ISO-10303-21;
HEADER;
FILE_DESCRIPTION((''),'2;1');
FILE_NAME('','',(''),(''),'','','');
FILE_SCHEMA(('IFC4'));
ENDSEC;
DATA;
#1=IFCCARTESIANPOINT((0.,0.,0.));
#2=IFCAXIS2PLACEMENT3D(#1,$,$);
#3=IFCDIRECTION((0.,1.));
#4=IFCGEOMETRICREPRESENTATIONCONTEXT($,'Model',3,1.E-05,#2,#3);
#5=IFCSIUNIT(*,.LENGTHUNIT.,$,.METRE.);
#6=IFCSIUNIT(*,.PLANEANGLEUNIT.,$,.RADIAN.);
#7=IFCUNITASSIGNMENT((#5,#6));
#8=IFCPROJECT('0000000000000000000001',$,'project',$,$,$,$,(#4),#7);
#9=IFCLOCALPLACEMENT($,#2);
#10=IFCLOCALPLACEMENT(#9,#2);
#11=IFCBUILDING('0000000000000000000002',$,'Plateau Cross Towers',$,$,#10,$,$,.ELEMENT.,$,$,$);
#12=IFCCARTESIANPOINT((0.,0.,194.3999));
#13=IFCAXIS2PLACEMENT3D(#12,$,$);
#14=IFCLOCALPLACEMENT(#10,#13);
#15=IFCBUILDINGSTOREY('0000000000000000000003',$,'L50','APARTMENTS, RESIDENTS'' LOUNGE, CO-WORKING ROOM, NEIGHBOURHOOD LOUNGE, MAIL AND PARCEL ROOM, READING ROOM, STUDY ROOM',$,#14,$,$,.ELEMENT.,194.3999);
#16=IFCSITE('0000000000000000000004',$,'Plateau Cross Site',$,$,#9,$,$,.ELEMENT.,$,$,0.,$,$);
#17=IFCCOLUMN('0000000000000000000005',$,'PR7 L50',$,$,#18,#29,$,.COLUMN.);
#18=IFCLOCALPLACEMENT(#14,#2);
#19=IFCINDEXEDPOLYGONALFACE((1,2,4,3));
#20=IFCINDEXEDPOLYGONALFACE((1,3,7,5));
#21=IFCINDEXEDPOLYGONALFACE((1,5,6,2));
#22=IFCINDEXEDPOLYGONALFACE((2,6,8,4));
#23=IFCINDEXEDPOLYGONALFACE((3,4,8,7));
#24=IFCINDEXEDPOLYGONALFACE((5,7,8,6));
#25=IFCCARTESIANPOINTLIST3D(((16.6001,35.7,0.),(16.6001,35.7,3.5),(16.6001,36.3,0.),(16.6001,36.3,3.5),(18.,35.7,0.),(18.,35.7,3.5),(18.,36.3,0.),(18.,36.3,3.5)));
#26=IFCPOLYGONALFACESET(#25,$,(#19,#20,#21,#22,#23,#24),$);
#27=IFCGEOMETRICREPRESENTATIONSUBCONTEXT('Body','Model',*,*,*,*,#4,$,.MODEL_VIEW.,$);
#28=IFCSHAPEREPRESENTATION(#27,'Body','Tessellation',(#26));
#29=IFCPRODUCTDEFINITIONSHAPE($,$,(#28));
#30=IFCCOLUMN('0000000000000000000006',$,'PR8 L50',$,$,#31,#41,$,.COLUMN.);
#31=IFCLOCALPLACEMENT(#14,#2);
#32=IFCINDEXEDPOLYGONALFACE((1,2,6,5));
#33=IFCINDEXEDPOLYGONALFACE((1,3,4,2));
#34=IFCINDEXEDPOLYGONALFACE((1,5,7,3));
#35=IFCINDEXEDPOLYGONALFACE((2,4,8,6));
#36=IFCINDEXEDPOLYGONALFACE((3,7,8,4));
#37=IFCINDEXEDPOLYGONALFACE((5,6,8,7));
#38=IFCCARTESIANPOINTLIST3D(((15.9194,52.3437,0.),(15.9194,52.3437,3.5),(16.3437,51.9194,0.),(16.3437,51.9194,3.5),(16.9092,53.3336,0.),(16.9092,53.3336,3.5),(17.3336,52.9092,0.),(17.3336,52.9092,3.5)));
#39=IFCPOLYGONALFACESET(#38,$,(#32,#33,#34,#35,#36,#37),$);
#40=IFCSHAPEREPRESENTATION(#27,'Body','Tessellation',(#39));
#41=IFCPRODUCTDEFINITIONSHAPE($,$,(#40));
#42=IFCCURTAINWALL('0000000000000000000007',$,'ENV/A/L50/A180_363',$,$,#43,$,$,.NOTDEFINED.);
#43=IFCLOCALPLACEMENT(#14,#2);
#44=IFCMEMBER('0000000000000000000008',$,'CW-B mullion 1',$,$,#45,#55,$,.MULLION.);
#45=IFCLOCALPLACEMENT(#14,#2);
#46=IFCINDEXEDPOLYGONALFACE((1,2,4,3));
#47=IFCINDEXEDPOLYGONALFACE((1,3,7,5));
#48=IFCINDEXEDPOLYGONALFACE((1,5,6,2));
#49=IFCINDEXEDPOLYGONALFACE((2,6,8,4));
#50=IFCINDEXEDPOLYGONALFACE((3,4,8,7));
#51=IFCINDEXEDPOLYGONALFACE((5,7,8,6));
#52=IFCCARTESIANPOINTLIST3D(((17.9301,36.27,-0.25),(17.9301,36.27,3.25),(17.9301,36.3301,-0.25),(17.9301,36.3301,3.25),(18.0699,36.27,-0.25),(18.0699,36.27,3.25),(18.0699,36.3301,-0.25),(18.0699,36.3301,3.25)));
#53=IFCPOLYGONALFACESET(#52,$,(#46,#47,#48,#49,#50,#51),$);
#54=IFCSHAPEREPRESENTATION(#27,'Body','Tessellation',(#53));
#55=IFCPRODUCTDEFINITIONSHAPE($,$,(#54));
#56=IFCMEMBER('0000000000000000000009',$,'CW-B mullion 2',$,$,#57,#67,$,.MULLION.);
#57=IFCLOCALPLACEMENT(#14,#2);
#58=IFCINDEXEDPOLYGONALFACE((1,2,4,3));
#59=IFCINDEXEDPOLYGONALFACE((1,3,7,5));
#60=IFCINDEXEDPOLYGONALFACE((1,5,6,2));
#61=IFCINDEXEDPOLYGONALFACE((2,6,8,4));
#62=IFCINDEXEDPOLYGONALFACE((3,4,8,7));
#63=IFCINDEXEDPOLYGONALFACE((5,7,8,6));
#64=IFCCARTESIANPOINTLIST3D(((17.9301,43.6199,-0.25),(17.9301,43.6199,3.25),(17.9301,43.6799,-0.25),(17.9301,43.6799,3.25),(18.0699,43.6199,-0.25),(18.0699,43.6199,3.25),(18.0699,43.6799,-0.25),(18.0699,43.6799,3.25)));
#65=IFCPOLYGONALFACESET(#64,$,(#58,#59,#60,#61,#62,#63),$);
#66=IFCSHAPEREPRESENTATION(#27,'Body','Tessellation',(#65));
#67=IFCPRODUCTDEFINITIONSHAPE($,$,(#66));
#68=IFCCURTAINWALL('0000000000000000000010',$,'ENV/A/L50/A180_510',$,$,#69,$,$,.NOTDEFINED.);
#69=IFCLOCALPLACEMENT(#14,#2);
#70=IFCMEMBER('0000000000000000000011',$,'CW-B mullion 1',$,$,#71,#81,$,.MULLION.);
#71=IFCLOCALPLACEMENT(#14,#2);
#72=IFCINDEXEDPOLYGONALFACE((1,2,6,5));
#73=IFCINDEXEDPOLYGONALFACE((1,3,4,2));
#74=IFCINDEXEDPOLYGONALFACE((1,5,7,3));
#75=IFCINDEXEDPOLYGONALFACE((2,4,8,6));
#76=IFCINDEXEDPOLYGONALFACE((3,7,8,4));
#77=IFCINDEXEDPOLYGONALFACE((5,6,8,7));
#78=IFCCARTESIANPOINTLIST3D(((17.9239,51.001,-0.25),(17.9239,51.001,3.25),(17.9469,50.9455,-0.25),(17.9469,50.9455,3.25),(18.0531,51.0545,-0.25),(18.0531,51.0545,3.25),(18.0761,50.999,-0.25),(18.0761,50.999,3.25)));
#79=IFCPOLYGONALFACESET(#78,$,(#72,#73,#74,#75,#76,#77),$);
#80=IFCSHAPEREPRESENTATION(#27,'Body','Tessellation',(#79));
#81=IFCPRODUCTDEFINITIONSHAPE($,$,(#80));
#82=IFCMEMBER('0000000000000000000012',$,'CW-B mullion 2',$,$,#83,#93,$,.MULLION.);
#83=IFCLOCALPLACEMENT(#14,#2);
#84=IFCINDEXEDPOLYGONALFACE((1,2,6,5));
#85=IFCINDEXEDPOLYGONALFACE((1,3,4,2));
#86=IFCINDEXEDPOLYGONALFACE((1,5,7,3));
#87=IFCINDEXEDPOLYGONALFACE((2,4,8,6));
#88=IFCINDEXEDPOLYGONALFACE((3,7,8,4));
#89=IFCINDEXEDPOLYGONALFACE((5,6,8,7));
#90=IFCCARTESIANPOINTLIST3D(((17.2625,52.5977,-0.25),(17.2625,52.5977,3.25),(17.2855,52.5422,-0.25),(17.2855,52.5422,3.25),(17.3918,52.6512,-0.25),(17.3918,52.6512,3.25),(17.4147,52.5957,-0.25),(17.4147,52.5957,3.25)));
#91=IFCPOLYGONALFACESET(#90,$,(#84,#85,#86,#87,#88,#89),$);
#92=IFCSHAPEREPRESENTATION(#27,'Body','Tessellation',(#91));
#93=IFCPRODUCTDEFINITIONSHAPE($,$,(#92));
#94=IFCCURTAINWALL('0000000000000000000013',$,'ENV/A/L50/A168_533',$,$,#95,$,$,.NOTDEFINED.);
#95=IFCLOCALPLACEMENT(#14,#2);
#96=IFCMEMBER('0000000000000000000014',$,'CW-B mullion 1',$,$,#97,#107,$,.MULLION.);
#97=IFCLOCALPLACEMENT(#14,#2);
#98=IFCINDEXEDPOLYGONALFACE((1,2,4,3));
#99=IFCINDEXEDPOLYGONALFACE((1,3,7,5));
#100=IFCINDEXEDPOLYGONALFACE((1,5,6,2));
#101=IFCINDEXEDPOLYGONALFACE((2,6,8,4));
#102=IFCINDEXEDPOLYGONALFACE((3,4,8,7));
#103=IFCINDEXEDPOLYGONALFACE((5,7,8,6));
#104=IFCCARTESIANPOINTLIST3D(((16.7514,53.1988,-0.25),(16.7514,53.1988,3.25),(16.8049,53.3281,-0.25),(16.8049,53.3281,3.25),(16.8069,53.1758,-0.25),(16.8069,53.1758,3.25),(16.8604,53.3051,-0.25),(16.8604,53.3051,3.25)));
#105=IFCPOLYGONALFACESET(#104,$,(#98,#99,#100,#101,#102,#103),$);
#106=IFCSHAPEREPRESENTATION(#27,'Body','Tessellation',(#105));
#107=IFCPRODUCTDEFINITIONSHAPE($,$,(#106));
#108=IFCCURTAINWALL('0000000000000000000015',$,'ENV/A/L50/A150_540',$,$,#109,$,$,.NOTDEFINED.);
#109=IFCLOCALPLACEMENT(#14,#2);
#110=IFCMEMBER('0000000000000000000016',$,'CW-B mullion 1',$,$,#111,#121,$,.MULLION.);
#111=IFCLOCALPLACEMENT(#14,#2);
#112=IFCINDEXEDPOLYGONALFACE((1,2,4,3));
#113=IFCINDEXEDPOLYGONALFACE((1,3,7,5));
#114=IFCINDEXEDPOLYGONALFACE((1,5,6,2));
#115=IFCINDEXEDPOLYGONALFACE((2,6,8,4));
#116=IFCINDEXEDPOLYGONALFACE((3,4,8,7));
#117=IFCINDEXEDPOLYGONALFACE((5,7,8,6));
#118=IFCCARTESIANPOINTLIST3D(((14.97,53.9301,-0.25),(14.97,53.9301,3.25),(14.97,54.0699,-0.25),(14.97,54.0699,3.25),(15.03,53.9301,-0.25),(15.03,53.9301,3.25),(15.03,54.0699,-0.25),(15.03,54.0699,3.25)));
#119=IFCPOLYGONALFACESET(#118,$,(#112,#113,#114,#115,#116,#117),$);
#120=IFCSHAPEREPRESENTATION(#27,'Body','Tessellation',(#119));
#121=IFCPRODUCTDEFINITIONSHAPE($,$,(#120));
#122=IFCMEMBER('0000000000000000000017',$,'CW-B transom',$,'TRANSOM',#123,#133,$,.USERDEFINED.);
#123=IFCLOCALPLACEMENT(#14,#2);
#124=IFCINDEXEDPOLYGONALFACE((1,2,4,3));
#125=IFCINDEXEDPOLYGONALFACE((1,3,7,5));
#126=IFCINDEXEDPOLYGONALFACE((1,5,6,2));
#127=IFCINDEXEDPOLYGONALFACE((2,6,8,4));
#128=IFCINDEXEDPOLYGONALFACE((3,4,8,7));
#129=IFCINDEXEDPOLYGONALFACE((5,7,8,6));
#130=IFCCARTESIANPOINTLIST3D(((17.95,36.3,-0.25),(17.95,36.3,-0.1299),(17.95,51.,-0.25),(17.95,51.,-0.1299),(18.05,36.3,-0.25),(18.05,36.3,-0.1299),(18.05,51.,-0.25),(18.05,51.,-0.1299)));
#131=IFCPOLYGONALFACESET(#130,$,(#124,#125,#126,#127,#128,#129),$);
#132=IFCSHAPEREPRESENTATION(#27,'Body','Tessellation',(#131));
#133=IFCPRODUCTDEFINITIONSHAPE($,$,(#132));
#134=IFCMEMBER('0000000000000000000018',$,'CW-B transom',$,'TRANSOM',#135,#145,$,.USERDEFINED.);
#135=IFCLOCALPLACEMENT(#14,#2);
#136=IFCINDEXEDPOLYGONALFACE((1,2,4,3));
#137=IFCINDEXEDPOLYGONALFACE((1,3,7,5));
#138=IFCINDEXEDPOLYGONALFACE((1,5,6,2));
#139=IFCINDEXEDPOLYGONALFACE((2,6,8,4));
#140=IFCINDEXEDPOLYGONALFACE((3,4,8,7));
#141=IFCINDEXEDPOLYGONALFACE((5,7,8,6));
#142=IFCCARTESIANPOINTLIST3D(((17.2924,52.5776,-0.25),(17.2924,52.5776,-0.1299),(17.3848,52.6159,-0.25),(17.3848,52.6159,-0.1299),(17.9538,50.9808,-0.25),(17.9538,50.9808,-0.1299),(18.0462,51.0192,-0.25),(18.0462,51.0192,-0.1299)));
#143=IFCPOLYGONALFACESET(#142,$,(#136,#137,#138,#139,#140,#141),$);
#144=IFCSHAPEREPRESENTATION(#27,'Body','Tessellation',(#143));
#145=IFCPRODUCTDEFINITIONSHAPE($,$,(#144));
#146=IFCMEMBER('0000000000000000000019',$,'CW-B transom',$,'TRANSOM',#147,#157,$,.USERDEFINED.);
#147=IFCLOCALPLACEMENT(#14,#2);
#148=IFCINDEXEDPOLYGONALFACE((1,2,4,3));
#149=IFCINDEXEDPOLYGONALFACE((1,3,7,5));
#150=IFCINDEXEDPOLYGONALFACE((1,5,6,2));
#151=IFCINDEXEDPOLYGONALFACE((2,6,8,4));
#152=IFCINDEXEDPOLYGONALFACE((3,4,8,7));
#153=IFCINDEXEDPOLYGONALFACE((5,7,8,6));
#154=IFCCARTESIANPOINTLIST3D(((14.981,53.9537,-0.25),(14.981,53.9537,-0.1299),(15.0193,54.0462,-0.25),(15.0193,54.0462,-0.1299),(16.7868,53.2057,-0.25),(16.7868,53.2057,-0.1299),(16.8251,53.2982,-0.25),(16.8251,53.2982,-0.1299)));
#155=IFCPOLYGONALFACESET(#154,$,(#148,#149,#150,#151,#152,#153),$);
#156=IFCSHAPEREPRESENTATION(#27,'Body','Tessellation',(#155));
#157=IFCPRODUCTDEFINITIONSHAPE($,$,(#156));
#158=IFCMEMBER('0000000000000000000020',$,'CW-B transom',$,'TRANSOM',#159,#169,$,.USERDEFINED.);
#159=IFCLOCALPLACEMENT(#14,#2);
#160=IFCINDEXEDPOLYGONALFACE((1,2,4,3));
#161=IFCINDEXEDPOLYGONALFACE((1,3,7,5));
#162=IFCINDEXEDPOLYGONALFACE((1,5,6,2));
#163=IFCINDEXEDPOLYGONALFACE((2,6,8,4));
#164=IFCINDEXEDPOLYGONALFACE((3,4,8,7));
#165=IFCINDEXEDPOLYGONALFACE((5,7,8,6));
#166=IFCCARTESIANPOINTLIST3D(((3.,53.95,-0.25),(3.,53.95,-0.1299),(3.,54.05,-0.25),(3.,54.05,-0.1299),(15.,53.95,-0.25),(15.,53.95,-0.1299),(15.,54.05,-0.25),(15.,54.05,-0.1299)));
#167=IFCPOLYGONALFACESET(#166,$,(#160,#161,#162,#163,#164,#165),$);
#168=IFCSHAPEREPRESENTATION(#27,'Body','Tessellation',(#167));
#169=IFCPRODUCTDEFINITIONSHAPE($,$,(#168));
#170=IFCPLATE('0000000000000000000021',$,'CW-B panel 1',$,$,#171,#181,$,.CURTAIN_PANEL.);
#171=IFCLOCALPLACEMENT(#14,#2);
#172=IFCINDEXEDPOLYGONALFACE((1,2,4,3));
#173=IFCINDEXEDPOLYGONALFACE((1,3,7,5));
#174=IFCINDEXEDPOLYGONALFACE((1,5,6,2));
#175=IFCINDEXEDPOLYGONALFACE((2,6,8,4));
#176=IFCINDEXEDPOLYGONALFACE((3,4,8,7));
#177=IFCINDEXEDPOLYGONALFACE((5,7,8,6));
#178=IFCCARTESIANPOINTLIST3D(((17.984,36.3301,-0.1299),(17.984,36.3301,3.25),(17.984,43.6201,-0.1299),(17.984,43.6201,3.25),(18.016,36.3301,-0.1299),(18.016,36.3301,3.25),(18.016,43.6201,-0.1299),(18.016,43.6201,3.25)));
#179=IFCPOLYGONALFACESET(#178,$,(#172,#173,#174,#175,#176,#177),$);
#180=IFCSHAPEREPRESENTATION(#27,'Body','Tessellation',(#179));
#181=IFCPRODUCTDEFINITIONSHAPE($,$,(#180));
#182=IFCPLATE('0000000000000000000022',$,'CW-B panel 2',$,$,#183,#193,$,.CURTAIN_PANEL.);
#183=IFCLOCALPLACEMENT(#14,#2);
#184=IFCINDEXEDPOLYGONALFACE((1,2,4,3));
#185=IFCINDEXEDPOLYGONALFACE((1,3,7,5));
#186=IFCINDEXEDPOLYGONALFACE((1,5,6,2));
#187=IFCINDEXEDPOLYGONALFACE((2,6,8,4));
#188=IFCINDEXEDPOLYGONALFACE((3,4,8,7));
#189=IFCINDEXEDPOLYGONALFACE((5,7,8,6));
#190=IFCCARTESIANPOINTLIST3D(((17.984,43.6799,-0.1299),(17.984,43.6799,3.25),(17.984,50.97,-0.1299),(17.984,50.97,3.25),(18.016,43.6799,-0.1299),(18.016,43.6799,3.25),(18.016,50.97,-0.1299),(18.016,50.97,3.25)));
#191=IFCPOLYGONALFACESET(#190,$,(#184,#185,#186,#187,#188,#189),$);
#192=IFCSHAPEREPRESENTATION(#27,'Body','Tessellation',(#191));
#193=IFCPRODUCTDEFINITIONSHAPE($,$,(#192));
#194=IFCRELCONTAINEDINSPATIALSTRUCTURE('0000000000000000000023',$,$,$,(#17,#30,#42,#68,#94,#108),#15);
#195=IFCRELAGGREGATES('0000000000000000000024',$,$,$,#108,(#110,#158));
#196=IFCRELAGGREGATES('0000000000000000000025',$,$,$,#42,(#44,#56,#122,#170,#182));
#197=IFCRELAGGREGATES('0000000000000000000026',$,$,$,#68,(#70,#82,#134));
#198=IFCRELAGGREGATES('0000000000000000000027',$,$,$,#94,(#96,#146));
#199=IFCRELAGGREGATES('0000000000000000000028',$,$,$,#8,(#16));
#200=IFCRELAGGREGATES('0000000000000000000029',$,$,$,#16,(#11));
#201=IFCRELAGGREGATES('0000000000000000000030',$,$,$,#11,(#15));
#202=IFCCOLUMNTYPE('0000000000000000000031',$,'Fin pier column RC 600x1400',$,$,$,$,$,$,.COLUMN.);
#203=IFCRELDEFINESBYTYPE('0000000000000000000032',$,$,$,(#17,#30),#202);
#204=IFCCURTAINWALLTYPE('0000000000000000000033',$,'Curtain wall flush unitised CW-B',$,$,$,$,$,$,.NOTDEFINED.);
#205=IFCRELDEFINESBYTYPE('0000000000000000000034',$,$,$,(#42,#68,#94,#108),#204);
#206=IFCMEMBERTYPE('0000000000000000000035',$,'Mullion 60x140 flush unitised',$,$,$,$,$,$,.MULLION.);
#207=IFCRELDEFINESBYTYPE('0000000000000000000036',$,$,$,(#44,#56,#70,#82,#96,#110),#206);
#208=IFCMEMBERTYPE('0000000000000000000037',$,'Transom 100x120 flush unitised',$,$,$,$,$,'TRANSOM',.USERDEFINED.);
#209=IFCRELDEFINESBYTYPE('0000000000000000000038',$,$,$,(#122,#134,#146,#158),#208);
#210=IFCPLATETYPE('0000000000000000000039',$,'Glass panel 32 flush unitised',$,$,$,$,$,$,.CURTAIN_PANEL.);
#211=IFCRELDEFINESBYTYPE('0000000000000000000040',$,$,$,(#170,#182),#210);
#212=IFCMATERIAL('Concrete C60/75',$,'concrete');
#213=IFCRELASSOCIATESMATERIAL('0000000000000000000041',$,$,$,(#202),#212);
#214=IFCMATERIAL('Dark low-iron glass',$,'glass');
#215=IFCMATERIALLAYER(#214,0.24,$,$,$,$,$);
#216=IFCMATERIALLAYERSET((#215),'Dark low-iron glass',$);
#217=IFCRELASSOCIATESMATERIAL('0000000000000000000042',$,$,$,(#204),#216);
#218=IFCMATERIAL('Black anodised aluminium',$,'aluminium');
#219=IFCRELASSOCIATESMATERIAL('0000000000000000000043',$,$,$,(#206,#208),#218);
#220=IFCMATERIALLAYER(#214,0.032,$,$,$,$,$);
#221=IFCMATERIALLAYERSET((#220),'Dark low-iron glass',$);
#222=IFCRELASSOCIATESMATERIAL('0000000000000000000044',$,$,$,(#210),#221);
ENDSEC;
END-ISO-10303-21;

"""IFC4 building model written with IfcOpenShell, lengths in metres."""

from ifc_helpers import new_model, si_unit, direction, frame, origin, origin_2d, place, context, subcontext, project, spatial, rectangle, extrude, material, layer, layer_set, material_profile, profile_set, type_object, element, aggregate, save


model = new_model("IFC4")

# Units and contexts
model_context = context("Model", 3, precision=1e-05, world=origin(), true_north=direction((0.0, 1.0)))
body_context = subcontext(model_context, "Body", "Model", "MODEL_VIEW")
ifc_project = project(units=[si_unit("LENGTHUNIT", "METRE"), si_unit("PLANEANGLEUNIT", "RADIAN")], contexts=[model_context])

# Site, building, storey
site_placement = place(None, origin())
site = spatial("IfcSite", under=ifc_project, at=site_placement, Name="Plateau Cross Site", CompositionType="ELEMENT", RefElevation=0.0)
building_placement = place(site_placement, origin())
building = spatial("IfcBuilding", under=site, at=building_placement, Name="Plateau Cross Towers", CompositionType="ELEMENT")
storey_placement = place(building_placement, frame((0.0, 0.0, 194.3999)))
storey = spatial("IfcBuildingStorey", under=building, at=storey_placement, Name="L50", Description="APARTMENTS, RESIDENTS' LOUNGE, CO-WORKING ROOM, NEIGHBOURHOOD LOUNGE, MAIL AND PARCEL ROOM, READING ROOM, STUDY ROOM", CompositionType="ELEMENT", Elevation=194.3999)

# Columns
ifc_material_1 = material(Name="Concrete C60/75", Category="concrete")
ifc_material_profile_1 = material_profile(ifc_material_1, rectangle(XDim=0.6001, YDim=1.3999, at=origin_2d()), Name="RC 600x1400")
ifc_profile_set_1 = profile_set([ifc_material_profile_1], Name="Concrete C60/75")
column_type = type_object("IfcColumnType", Name="Fin pier column RC 600x1400", PredefinedType="COLUMN", material=ifc_profile_set_1)
for number, where, z_axis, x_axis, name in (
    (1, (17.3, 36.0, 0.0), (0.0, 0.0, 1.0), (0.0, 1.0, 0.0), "PR7 L50"),
    (2, (16.6265, 52.6265, 0.0), (0.0, 0.0, 1.0), (-0.707107, 0.707107, 0.0), "PR8 L50"),
):
    element("IfcColumn", number, at=place(storey_placement, frame(where, z_axis=z_axis, x_axis=x_axis)), inside=storey, type_object=column_type, Name=name, PredefinedType="COLUMN", context=body_context, shape_type="SweptSolid", body=[
        extrude(rectangle(XDim=0.6001, YDim=1.3999, at=origin_2d()), origin(), (0.0, 0.0, 1.0), 3.5),
    ])

# Curtain walls, members
ifc_material_2 = material(Name="Dark low-iron glass", Category="glass")
ifc_layer_1 = layer(ifc_material_2, 0.24)
ifc_layer_set_1 = layer_set([ifc_layer_1], Name="Dark low-iron glass")
curtain_wall_type = type_object("IfcCurtainWallType", Name="Curtain wall flush unitised CW-B", PredefinedType="NOTDEFINED", material=ifc_layer_set_1)
curtain_wall_1_placement = place(storey_placement, origin())
curtain_wall_1 = element("IfcCurtainWall", 3, at=curtain_wall_1_placement, inside=storey, type_object=curtain_wall_type, Name="ENV/A/L50/A180_363", PredefinedType="NOTDEFINED")
ifc_material_3 = material(Name="Black anodised aluminium", Category="aluminium")
ifc_material_profile_2 = material_profile(ifc_material_3, rectangle(XDim=0.0601, YDim=0.1399, at=origin_2d()), Name="MULLION 60x140")
ifc_profile_set_2 = profile_set([ifc_material_profile_2], Name="Black anodised aluminium")
member_type_1 = type_object("IfcMemberType", Name="Mullion 60x140 flush unitised", PredefinedType="MULLION", material=ifc_profile_set_2)
member_1_placement = place(storey_placement, frame((18.0, 36.3, -0.25), z_axis=(0.0, 0.0, 1.0), x_axis=(0.0, 1.0, 0.0)))
member_1 = element("IfcMember", 4, at=member_1_placement, type_object=member_type_1, Name="CW-B mullion 1", PredefinedType="MULLION", context=body_context, shape_type="SweptSolid", body=[
    extrude(rectangle(XDim=0.0601, YDim=0.1399, at=origin_2d()), origin(), (0.0, 0.0, 1.0), 3.5),
])
member_2_placement = place(storey_placement, frame((18.0, 43.6499, -0.25), z_axis=(0.0, 0.0, 1.0), x_axis=(0.0, 1.0, 0.0)))
member_2 = element("IfcMember", 5, at=member_2_placement, type_object=member_type_1, Name="CW-B mullion 2", PredefinedType="MULLION", context=body_context, shape_type="SweptSolid", body=[
    extrude(rectangle(XDim=0.0601, YDim=0.1399, at=origin_2d()), origin(), (0.0, 0.0, 1.0), 3.5),
])
curtain_wall_2_placement = place(storey_placement, origin())
curtain_wall_2 = element("IfcCurtainWall", 6, at=curtain_wall_2_placement, inside=storey, type_object=curtain_wall_type, Name="ENV/A/L50/A180_510", PredefinedType="NOTDEFINED")
member_3_placement = place(storey_placement, frame((18.0, 51.0, -0.25), z_axis=(0.0, 0.0, 1.0), x_axis=(-0.382684, 0.923879, 0.0)))
member_3 = element("IfcMember", 7, at=member_3_placement, type_object=member_type_1, Name="CW-B mullion 1", PredefinedType="MULLION", context=body_context, shape_type="SweptSolid", body=[
    extrude(rectangle(XDim=0.0601, YDim=0.1399, at=origin_2d()), origin(), (0.0, 0.0, 1.0), 3.5),
])
member_4_placement = place(storey_placement, frame((17.3386, 52.5967, -0.25), z_axis=(0.0, 0.0, 1.0), x_axis=(-0.382684, 0.923879, 0.0)))
member_4 = element("IfcMember", 8, at=member_4_placement, type_object=member_type_1, Name="CW-B mullion 2", PredefinedType="MULLION", context=body_context, shape_type="SweptSolid", body=[
    extrude(rectangle(XDim=0.0601, YDim=0.1399, at=origin_2d()), origin(), (0.0, 0.0, 1.0), 3.5),
])

# Curtain walls, members
curtain_wall_3_placement = place(storey_placement, origin())
curtain_wall_3 = element("IfcCurtainWall", 9, at=curtain_wall_3_placement, inside=storey, type_object=curtain_wall_type, Name="ENV/A/L50/A168_533", PredefinedType="NOTDEFINED")
member_5_placement = place(storey_placement, frame((16.8059, 53.252, -0.25), z_axis=(0.0, 0.0, 1.0), x_axis=(-0.923879, 0.382684, 0.0)))
member_5 = element("IfcMember", 10, at=member_5_placement, type_object=member_type_1, Name="CW-B mullion 1", PredefinedType="MULLION", context=body_context, shape_type="SweptSolid", body=[
    extrude(rectangle(XDim=0.0601, YDim=0.1399, at=origin_2d()), origin(), (0.0, 0.0, 1.0), 3.5),
])
curtain_wall_4_placement = place(storey_placement, origin())
curtain_wall_4 = element("IfcCurtainWall", 11, at=curtain_wall_4_placement, inside=storey, type_object=curtain_wall_type, Name="ENV/A/L50/A150_540", PredefinedType="NOTDEFINED")
member_6_placement = place(storey_placement, frame((15.0, 54.0, -0.25), z_axis=(0.0, 0.0, 1.0), x_axis=(-1.0, 0.0, 0.0)))
member_6 = element("IfcMember", 12, at=member_6_placement, type_object=member_type_1, Name="CW-B mullion 1", PredefinedType="MULLION", context=body_context, shape_type="SweptSolid", body=[
    extrude(rectangle(XDim=0.0601, YDim=0.1399, at=origin_2d()), origin(), (0.0, 0.0, 1.0), 3.5),
])

# Members
ifc_material_profile_3 = material_profile(ifc_material_3, rectangle(XDim=0.1001, YDim=0.1201, at=origin_2d()), Name="TRANSOM 100x120")
ifc_profile_set_3 = profile_set([ifc_material_profile_3], Name="Black anodised aluminium")
member_type_2 = type_object("IfcMemberType", Name="Transom 100x120 flush unitised", ElementType="TRANSOM", PredefinedType="USERDEFINED", material=ifc_profile_set_3)
member_7_placement = place(storey_placement, frame((18.0, 36.3, -0.1899), z_axis=(0.0, 1.0, 0.0), x_axis=(-1.0, 0.0, 0.0)))
member_7 = element("IfcMember", 13, at=member_7_placement, type_object=member_type_2, Name="CW-B transom", ObjectType="TRANSOM", PredefinedType="USERDEFINED", context=body_context, shape_type="SweptSolid", body=[
    extrude(rectangle(XDim=0.1001, YDim=0.1201, at=origin_2d()), origin(), (0.0, 0.0, 1.0), 14.7),
])
member_8_placement = place(storey_placement, frame((18.0, 51.0, -0.1899), z_axis=(-0.382689, 0.923877, 0.0), x_axis=(-0.923877, -0.382689, 0.0)))
member_8 = element("IfcMember", 14, at=member_8_placement, type_object=member_type_2, Name="CW-B transom", ObjectType="TRANSOM", PredefinedType="USERDEFINED", context=body_context, shape_type="SweptSolid", body=[
    extrude(rectangle(XDim=0.1001, YDim=0.1201, at=origin_2d()), origin(), (0.0, 0.0, 1.0), 1.7283),
])
member_9_placement = place(storey_placement, frame((16.8059, 53.252, -0.1899), z_axis=(-0.923877, 0.38269, 0.0), x_axis=(-0.38269, -0.923877, 0.0)))
member_9 = element("IfcMember", 15, at=member_9_placement, type_object=member_type_2, Name="CW-B transom", ObjectType="TRANSOM", PredefinedType="USERDEFINED", context=body_context, shape_type="SweptSolid", body=[
    extrude(rectangle(XDim=0.1001, YDim=0.1201, at=origin_2d()), origin(), (0.0, 0.0, 1.0), 1.9546),
])
member_10_placement = place(storey_placement, frame((15.0, 54.0, -0.1899), z_axis=(-1.0, 0.0, 0.0), x_axis=(0.0, -1.0, 0.0)))
member_10 = element("IfcMember", 16, at=member_10_placement, type_object=member_type_2, Name="CW-B transom", ObjectType="TRANSOM", PredefinedType="USERDEFINED", context=body_context, shape_type="SweptSolid", body=[
    extrude(rectangle(XDim=0.1001, YDim=0.1201, at=origin_2d()), origin(), (0.0, 0.0, 1.0), 12.0),
])
aggregate(curtain_wall_4, [member_6, member_10])

# Plates
ifc_layer_2 = layer(ifc_material_2, 0.032)
ifc_layer_set_2 = layer_set([ifc_layer_2], Name="Dark low-iron glass")
plate_type = type_object("IfcPlateType", Name="Glass panel 32 flush unitised", PredefinedType="CURTAIN_PANEL", material=ifc_layer_set_2)
plate_1_placement = place(storey_placement, frame((18.0, 39.9751, -0.1299), z_axis=(0.0, 0.0, 1.0), x_axis=(0.0, 1.0, 0.0)))
plate_1 = element("IfcPlate", 17, at=plate_1_placement, type_object=plate_type, Name="CW-B panel 1", PredefinedType="CURTAIN_PANEL", context=body_context, shape_type="SweptSolid", body=[
    extrude(rectangle(XDim=7.29, YDim=0.032, at=origin_2d()), origin(), (0.0, 0.0, 1.0), 3.3799),
])
plate_2_placement = place(storey_placement, frame((18.0, 47.325, -0.1299), z_axis=(0.0, 0.0, 1.0), x_axis=(0.0, 1.0, 0.0)))
plate_2 = element("IfcPlate", 18, at=plate_2_placement, type_object=plate_type, Name="CW-B panel 2", PredefinedType="CURTAIN_PANEL", context=body_context, shape_type="SweptSolid", body=[
    extrude(rectangle(XDim=7.29, YDim=0.032, at=origin_2d()), origin(), (0.0, 0.0, 1.0), 3.3799),
])
aggregate(curtain_wall_1, [member_1, member_2, member_7, plate_1, plate_2])
aggregate(curtain_wall_2, [member_3, member_4, member_8])
aggregate(curtain_wall_3, [member_5, member_9])

save(model, "model.ifc")
